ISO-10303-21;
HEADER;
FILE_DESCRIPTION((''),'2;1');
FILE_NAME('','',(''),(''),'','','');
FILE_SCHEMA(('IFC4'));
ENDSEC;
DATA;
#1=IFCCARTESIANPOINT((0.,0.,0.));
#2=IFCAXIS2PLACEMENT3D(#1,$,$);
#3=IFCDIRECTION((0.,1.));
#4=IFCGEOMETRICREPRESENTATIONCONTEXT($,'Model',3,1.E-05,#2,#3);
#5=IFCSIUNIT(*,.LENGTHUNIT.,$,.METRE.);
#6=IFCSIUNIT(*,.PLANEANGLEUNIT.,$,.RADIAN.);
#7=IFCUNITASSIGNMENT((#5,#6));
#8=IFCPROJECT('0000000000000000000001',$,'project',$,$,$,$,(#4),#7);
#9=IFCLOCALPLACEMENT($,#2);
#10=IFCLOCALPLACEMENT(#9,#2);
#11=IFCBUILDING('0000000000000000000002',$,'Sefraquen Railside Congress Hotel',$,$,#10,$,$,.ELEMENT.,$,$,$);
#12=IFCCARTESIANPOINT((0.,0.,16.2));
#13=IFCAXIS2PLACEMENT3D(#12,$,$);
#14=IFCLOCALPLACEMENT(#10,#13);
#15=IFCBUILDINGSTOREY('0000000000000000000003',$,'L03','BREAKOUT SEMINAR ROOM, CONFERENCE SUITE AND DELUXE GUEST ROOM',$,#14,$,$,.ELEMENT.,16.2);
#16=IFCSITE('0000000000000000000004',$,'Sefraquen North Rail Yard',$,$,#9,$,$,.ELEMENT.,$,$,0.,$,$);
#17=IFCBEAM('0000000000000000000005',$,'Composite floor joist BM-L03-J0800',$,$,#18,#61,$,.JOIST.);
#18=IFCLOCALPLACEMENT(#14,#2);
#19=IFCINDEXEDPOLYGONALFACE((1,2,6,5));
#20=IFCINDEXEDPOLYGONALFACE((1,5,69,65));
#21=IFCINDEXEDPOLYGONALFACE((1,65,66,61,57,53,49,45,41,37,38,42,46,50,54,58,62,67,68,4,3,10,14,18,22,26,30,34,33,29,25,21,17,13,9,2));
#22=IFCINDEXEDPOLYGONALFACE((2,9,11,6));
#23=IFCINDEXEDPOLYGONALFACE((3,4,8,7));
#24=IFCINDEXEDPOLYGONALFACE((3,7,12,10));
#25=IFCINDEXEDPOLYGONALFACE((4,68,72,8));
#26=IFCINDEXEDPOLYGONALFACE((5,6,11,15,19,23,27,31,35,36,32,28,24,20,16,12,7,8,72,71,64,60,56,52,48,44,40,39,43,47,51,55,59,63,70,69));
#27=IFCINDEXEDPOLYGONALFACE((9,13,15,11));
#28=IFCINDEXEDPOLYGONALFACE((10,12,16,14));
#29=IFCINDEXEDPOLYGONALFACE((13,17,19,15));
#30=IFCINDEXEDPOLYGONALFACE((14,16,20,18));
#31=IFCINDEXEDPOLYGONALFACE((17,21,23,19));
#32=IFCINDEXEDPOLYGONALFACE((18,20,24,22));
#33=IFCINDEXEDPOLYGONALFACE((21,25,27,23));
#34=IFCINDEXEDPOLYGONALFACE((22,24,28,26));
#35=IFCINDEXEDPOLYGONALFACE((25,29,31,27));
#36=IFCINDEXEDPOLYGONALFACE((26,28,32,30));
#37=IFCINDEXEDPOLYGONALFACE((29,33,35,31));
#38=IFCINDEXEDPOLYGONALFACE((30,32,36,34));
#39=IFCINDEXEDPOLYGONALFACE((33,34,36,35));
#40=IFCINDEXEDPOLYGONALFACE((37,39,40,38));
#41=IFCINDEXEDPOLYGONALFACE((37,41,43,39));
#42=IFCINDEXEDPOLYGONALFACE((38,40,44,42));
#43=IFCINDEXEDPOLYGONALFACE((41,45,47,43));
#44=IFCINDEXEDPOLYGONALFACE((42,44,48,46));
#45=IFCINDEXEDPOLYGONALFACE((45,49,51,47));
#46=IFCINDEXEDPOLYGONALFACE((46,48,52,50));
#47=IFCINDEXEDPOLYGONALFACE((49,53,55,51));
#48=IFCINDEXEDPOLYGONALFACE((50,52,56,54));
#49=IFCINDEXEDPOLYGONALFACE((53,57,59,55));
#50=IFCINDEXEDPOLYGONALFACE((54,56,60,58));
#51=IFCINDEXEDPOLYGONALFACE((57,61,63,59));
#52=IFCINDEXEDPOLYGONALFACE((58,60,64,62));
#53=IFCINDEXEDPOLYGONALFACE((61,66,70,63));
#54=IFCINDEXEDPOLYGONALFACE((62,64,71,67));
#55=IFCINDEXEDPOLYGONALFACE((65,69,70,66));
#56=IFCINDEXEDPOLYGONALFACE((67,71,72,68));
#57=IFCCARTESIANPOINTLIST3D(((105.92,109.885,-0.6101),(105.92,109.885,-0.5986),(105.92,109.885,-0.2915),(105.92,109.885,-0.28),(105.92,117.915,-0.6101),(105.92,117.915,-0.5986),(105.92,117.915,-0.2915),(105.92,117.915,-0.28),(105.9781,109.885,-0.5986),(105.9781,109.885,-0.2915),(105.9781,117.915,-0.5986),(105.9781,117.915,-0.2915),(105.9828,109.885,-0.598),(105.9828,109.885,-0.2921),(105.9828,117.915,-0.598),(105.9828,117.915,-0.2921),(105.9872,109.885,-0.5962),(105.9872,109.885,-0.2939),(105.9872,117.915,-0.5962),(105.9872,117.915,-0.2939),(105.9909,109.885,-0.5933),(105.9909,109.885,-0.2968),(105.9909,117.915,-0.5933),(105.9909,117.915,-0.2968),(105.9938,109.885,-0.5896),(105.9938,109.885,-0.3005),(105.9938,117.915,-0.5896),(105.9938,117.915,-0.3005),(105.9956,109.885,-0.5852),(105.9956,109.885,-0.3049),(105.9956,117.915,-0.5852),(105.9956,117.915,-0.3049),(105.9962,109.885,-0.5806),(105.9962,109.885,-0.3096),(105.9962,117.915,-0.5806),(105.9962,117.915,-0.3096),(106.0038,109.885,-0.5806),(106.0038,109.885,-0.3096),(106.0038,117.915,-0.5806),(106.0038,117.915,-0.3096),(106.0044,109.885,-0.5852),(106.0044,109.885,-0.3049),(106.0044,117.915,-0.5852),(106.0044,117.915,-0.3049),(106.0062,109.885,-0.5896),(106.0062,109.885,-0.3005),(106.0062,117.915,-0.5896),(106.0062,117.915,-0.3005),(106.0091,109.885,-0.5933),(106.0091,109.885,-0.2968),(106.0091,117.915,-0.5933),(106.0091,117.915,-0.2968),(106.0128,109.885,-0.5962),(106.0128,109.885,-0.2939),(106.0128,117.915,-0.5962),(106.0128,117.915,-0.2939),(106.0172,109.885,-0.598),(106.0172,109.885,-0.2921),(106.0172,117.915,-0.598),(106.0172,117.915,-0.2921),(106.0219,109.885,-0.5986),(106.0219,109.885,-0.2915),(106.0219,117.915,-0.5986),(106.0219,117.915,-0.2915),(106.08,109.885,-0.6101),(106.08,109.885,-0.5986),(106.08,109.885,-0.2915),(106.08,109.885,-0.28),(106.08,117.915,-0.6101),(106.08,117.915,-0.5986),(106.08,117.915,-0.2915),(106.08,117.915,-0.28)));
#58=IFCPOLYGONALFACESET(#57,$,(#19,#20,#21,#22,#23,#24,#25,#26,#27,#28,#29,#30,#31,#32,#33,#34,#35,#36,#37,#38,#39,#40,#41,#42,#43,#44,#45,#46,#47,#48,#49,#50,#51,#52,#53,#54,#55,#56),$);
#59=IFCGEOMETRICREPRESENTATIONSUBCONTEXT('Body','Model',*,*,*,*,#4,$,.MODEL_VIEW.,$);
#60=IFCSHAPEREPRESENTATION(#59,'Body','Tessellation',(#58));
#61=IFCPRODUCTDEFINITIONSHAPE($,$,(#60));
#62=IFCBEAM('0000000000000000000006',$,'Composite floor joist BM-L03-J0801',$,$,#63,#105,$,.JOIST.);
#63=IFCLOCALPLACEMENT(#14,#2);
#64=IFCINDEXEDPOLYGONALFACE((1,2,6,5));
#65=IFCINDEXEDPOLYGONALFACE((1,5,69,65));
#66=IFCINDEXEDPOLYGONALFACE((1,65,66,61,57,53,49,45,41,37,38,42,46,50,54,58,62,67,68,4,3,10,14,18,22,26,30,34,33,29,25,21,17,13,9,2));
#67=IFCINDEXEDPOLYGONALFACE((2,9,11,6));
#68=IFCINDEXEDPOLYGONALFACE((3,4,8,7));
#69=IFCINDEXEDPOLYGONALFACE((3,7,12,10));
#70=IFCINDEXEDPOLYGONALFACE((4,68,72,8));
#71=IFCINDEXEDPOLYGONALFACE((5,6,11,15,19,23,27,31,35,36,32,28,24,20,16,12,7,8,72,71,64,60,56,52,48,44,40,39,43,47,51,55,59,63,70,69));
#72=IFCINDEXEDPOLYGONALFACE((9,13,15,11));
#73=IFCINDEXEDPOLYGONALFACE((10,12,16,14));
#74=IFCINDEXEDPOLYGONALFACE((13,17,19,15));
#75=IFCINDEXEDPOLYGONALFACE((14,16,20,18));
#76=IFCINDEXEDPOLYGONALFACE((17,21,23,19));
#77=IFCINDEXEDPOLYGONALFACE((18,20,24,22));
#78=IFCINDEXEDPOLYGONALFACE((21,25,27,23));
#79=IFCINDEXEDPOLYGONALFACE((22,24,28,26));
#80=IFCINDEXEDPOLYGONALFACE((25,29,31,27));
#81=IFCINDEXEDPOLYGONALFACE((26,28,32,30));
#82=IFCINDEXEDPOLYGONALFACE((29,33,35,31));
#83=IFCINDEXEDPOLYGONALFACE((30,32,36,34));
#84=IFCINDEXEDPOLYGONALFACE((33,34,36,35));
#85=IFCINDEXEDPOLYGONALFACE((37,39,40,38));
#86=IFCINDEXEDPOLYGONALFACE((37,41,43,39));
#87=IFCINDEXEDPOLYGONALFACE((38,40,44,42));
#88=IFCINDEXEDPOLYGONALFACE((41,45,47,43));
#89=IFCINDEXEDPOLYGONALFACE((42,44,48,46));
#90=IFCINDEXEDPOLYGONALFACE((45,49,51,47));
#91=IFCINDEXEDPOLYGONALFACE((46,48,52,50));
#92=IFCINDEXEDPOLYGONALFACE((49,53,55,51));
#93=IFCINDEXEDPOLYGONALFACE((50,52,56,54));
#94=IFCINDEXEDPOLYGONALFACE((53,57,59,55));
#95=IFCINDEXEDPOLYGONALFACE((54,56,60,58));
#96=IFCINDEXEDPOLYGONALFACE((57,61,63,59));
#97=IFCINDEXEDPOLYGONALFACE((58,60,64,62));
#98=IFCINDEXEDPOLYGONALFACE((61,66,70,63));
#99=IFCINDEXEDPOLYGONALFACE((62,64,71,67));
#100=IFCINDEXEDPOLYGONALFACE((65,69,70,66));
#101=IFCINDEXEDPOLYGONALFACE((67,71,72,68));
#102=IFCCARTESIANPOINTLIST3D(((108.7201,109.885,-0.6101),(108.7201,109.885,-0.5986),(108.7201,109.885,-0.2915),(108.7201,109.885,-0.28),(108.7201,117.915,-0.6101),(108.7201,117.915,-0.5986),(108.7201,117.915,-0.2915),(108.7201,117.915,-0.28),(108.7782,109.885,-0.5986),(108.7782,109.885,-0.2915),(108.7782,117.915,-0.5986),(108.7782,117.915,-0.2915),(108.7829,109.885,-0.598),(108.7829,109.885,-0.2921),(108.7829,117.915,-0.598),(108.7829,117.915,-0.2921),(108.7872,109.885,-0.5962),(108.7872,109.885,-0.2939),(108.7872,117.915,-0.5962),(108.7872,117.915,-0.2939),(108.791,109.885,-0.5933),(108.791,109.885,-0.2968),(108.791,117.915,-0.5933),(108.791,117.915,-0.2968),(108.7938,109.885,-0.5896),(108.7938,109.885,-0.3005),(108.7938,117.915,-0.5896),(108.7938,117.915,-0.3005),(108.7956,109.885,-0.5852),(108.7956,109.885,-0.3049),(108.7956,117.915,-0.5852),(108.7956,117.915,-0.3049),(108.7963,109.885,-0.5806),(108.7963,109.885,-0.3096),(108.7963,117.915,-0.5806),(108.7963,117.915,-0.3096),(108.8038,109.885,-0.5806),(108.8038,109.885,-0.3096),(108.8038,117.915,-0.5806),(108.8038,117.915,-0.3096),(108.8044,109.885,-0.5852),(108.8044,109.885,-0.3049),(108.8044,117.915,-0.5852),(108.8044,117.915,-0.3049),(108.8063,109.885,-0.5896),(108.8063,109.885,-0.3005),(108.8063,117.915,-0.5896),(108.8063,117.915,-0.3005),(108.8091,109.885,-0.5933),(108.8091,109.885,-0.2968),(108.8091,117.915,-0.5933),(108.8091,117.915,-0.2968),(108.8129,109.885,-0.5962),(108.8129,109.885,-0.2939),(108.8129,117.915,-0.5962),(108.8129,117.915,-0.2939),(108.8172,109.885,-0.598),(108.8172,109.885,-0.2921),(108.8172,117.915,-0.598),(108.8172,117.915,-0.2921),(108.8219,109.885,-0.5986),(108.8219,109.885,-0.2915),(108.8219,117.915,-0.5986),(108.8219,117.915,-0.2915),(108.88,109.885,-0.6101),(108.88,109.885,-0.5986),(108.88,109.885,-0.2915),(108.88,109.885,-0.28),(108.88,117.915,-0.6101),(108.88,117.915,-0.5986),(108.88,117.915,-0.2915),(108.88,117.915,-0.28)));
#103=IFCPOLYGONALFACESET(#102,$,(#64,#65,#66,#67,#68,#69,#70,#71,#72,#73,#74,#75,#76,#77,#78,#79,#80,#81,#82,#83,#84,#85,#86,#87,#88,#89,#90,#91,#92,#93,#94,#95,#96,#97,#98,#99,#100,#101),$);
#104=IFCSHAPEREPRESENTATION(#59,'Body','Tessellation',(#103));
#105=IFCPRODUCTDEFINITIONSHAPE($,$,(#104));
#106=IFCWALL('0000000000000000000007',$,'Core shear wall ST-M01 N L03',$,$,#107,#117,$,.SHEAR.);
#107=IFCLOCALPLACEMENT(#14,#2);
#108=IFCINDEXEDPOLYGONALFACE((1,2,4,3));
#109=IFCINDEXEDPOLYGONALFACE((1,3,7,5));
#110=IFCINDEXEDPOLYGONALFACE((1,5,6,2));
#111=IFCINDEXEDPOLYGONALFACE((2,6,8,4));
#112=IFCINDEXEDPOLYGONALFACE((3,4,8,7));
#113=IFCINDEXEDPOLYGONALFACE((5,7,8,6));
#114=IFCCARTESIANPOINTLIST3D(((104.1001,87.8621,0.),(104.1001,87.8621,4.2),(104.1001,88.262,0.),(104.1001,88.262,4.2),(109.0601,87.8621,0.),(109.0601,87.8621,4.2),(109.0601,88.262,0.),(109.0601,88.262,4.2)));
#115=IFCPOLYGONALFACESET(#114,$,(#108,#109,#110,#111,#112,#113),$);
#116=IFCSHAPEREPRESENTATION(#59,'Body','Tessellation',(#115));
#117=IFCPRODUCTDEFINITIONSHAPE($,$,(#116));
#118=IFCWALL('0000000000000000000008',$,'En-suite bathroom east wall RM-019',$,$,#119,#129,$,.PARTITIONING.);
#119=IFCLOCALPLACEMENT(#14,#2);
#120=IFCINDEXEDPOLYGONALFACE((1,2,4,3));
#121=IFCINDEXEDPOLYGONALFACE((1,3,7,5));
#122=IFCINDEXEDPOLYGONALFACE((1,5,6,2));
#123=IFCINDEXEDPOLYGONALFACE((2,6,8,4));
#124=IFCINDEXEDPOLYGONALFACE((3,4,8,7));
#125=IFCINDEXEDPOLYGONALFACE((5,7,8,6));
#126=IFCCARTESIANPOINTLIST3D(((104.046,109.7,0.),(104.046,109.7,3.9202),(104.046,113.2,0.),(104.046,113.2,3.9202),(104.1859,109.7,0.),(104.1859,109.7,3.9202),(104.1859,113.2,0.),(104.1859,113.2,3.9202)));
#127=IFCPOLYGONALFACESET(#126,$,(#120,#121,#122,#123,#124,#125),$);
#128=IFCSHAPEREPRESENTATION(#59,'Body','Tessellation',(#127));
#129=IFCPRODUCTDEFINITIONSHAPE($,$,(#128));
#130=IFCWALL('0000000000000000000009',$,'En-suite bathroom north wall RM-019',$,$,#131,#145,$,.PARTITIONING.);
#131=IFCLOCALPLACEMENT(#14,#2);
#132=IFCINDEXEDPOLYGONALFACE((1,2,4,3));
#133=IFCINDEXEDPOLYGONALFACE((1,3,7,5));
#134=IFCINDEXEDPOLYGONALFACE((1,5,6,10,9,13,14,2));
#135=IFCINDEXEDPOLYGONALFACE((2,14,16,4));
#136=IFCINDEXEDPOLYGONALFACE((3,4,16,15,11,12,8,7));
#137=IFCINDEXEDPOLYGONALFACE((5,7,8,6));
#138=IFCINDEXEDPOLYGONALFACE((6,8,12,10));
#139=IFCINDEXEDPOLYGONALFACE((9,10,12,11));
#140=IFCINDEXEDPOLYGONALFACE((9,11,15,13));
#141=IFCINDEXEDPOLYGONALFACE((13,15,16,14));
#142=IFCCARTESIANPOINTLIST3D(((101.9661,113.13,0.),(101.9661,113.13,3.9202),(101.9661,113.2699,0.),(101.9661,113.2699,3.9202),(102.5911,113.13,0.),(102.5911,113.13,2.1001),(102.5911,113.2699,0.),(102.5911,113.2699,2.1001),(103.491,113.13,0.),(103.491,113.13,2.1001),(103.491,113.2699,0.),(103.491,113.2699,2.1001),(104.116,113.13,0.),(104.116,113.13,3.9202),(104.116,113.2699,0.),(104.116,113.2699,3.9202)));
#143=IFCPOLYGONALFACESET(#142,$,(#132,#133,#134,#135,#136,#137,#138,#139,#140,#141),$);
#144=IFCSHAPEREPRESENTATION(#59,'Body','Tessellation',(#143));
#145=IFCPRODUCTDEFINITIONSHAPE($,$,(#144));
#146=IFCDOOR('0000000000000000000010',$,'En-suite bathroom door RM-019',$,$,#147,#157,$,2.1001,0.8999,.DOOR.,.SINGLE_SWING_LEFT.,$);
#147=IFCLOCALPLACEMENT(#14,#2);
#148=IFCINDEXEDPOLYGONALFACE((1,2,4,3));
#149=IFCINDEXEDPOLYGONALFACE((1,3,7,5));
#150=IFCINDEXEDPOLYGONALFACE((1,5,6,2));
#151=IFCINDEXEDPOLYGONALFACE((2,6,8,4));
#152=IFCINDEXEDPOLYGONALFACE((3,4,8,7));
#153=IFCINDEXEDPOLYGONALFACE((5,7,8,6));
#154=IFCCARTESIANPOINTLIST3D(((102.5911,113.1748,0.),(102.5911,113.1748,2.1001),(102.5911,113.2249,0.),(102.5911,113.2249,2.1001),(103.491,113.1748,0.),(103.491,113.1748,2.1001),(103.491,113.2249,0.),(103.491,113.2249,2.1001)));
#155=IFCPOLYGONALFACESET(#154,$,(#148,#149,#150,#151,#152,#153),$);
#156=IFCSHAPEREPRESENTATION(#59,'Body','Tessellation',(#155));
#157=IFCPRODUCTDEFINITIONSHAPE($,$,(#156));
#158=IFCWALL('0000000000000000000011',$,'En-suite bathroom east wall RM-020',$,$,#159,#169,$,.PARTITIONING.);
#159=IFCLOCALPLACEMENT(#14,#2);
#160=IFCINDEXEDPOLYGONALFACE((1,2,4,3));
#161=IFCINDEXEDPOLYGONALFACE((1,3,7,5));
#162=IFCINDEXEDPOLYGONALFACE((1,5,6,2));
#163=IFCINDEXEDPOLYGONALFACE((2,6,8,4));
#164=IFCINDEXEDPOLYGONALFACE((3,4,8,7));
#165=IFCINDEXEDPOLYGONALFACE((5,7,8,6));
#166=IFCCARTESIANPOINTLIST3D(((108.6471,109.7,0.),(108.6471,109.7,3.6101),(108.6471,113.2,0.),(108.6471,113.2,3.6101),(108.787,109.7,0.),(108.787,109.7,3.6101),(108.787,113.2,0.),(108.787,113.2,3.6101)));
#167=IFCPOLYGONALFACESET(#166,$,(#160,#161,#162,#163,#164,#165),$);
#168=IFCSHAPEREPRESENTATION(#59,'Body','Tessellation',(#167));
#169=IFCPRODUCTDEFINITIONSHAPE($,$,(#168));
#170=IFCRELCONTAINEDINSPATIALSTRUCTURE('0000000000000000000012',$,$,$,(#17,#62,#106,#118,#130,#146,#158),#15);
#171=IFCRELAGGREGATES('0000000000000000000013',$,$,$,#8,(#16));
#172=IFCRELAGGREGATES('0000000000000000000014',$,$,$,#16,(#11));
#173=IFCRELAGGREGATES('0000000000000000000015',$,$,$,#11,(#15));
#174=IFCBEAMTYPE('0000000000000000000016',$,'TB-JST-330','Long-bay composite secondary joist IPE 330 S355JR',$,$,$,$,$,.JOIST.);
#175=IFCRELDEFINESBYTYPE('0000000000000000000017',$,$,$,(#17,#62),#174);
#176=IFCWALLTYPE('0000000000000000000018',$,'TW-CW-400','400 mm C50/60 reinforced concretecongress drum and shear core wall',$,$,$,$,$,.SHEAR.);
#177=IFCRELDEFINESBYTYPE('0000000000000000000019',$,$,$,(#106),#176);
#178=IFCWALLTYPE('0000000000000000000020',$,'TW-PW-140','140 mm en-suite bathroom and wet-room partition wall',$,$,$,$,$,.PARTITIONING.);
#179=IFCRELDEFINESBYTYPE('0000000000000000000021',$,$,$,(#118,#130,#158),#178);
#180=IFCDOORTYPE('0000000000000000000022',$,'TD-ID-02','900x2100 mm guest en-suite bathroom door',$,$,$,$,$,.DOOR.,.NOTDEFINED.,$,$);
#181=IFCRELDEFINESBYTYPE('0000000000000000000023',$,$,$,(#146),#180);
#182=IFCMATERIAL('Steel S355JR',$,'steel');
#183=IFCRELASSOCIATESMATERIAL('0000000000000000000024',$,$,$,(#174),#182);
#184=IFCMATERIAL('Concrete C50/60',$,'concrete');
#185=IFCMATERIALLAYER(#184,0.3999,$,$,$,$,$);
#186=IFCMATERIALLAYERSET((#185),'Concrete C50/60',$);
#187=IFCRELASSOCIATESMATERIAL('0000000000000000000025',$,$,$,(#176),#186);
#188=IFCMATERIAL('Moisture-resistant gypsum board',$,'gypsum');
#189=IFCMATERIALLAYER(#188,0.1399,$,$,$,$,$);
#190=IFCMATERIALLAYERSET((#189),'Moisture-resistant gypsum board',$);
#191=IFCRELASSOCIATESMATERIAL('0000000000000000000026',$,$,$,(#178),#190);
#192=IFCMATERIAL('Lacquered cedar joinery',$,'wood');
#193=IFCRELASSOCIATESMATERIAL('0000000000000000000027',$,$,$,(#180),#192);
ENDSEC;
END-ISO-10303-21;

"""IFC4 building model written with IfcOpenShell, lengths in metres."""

from ifc_helpers import new_model, si_unit, direction, frame, frame_2d, origin, origin_2d, place, context, subcontext, project, spatial, rectangle, i_section, extrude, material, layer, layer_set, material_profile, profile_set, type_object, element, fill, save


model = new_model("IFC4")

# Units and contexts
model_context = context("Model", 3, precision=1e-05, world=origin(), true_north=direction((0.0, 1.0)))
body_context = subcontext(model_context, "Body", "Model", "MODEL_VIEW")
ifc_project = project(units=[si_unit("LENGTHUNIT", "METRE"), si_unit("PLANEANGLEUNIT", "RADIAN")], contexts=[model_context])

# Site, building, storey
site_placement = place(None, origin())
site = spatial("IfcSite", under=ifc_project, at=site_placement, Name="Sefraquen North Rail Yard", CompositionType="ELEMENT", RefElevation=0.0)
building_placement = place(site_placement, origin())
building = spatial("IfcBuilding", under=site, at=building_placement, Name="Sefraquen Railside Congress Hotel", CompositionType="ELEMENT")
storey_placement = place(building_placement, frame((0.0, 0.0, 16.2)))
storey = spatial("IfcBuildingStorey", under=building, at=storey_placement, Name="L03", Description="BREAKOUT SEMINAR ROOM, CONFERENCE SUITE AND DELUXE GUEST ROOM", CompositionType="ELEMENT", Elevation=16.2)

# Shared definitions
ifc_material_1 = material(Name="Steel S355JR", Category="steel")

# Beams
ifc_material_profile_1 = material_profile(ifc_material_1, i_section(OverallWidth=0.1599, OverallDepth=0.3301, WebThickness=0.0076, FlangeThickness=0.0115, FilletRadius=0.0181, at=origin_2d()), Name="IPE 330")
ifc_profile_set_1 = profile_set([ifc_material_profile_1], Name="Steel S355JR")
beam_type_1 = type_object("IfcBeamType", Name="TB-JST-330", Description="Long-bay composite secondary joist IPE 330 S355JR", PredefinedType="JOIST", material=ifc_profile_set_1)
for number, where, z_axis, x_axis, name in (
    (1, (106.0, 109.885, -0.4451), (0.0, 1.0, 0.0), (-1.0, 0.0, 0.0), "Composite floor joist BM-L03-J0800"),
    (2, (108.8, 109.885, -0.4451), (0.0, 1.0, 0.0), (-1.0, 0.0, 0.0), "Composite floor joist BM-L03-J0801"),
):
    element("IfcBeam", number, at=place(storey_placement, frame(where, z_axis=z_axis, x_axis=x_axis)), inside=storey, type_object=beam_type_1, Name=name, PredefinedType="JOIST", context=body_context, shape_type="SweptSolid", body=[
        extrude(i_section(OverallWidth=0.1599, OverallDepth=0.3301, WebThickness=0.0076, FlangeThickness=0.0115, FilletRadius=0.0181, at=origin_2d()), origin(), (0.0, 0.0, 1.0), 8.03),
    ])

# Walls
ifc_material_2 = material(Name="Concrete C50/60", Category="concrete")
ifc_layer_1 = layer(ifc_material_2, 0.3999)
ifc_layer_set_1 = layer_set([ifc_layer_1], Name="Concrete C50/60")
wall_type_1 = type_object("IfcWallType", Name="TW-CW-400", Description="400 mm C50/60 reinforced concretecongress drum and shear core wall", PredefinedType="SHEAR", material=ifc_layer_set_1)
wall_1_placement = place(storey_placement, frame((104.1001, 88.062, 0.0), z_axis=(0.0, 0.0, 1.0), x_axis=(1.0, 0.0, 0.0)))
element("IfcWall", 3, at=wall_1_placement, inside=storey, type_object=wall_type_1, Name="Core shear wall ST-M01 N L03", PredefinedType="SHEAR", context=body_context, shape_type="SweptSolid", body=[
    extrude(rectangle(XDim=4.96, YDim=0.3999, at=frame_2d((2.48, 0.0))), origin(), (0.0, 0.0, 1.0), 4.2),
])
ifc_material_3 = material(Name="Moisture-resistant gypsum board", Category="gypsum")
ifc_layer_2 = layer(ifc_material_3, 0.1399)
ifc_layer_set_2 = layer_set([ifc_layer_2], Name="Moisture-resistant gypsum board")
wall_type_2 = type_object("IfcWallType", Name="TW-PW-140", Description="140 mm en-suite bathroom and wet-room partition wall", PredefinedType="PARTITIONING", material=ifc_layer_set_2)
wall_2_placement = place(storey_placement, frame((104.116, 109.7, 0.0), z_axis=(0.0, 0.0, 1.0), x_axis=(0.0, 1.0, 0.0)))
element("IfcWall", 4, at=wall_2_placement, inside=storey, type_object=wall_type_2, Name="En-suite bathroom east wall RM-019", PredefinedType="PARTITIONING", context=body_context, shape_type="SweptSolid", body=[
    extrude(rectangle(XDim=3.5, YDim=0.1399, at=frame_2d((1.75, 0.0))), origin(), (0.0, 0.0, 1.0), 3.9202),
])

# Wall, opening, door
wall_3_placement = place(storey_placement, frame((101.9661, 113.2, 0.0), z_axis=(0.0, 0.0, 1.0), x_axis=(1.0, 0.0, 0.0)))
wall_3 = element("IfcWall", 5, at=wall_3_placement, inside=storey, type_object=wall_type_2, Name="En-suite bathroom north wall RM-019", PredefinedType="PARTITIONING", context=body_context, shape_type="SweptSolid", body=[
    extrude(rectangle(XDim=2.1499, YDim=0.1399, at=frame_2d((1.075, 0.0))), origin(), (0.0, 0.0, 1.0), 3.9202),
])
opening_1_placement = place(wall_3_placement, frame((0.625, 0.0, 0.0)))
opening_1 = element("IfcOpeningElement", 6, at=opening_1_placement, cuts=wall_3, PredefinedType="OPENING", context=body_context, shape_type="SweptSolid", body=[
    extrude(rectangle(XDim=0.8999, YDim=2.1001, at=frame_2d((0.45, 1.05))), frame((0.0, 0.0798, 0.0), z_axis=(0.0, -1.0, 0.0), x_axis=(1.0, 0.0, 0.0)), (0.0, 0.0, 1.0), 0.1599),
])
ifc_material_4 = material(Name="Lacquered cedar joinery", Category="wood")
door_type = type_object("IfcDoorType", Name="TD-ID-02", Description="900x2100 mm guest en-suite bathroom door", OperationType="NOTDEFINED", PredefinedType="DOOR", material=ifc_material_4)
door_1_placement = place(opening_1_placement, origin())
door_1 = element("IfcDoor", 7, at=door_1_placement, inside=storey, type_object=door_type, Name="En-suite bathroom door RM-019", OperationType="SINGLE_SWING_LEFT", OverallHeight=2.1001, OverallWidth=0.8999, PredefinedType="DOOR", context=body_context, shape_type="SweptSolid", body=[
    extrude(rectangle(XDim=0.8999, YDim=2.1001, at=frame_2d((0.45, 1.05))), frame((0.0, 0.0249, 0.0), z_axis=(0.0, -1.0, 0.0), x_axis=(1.0, 0.0, 0.0)), (0.0, 0.0, 1.0), 0.05),
])
fill(opening_1, door_1)

# Wall
wall_4_placement = place(storey_placement, frame((108.717, 109.7, 0.0), z_axis=(0.0, 0.0, 1.0), x_axis=(0.0, 1.0, 0.0)))
element("IfcWall", 8, at=wall_4_placement, inside=storey, type_object=wall_type_2, Name="En-suite bathroom east wall RM-020", PredefinedType="PARTITIONING", context=body_context, shape_type="SweptSolid", body=[
    extrude(rectangle(XDim=3.5, YDim=0.1399, at=frame_2d((1.75, 0.0))), origin(), (0.0, 0.0, 1.0), 3.6101),
])

save(model, "model.ifc")
